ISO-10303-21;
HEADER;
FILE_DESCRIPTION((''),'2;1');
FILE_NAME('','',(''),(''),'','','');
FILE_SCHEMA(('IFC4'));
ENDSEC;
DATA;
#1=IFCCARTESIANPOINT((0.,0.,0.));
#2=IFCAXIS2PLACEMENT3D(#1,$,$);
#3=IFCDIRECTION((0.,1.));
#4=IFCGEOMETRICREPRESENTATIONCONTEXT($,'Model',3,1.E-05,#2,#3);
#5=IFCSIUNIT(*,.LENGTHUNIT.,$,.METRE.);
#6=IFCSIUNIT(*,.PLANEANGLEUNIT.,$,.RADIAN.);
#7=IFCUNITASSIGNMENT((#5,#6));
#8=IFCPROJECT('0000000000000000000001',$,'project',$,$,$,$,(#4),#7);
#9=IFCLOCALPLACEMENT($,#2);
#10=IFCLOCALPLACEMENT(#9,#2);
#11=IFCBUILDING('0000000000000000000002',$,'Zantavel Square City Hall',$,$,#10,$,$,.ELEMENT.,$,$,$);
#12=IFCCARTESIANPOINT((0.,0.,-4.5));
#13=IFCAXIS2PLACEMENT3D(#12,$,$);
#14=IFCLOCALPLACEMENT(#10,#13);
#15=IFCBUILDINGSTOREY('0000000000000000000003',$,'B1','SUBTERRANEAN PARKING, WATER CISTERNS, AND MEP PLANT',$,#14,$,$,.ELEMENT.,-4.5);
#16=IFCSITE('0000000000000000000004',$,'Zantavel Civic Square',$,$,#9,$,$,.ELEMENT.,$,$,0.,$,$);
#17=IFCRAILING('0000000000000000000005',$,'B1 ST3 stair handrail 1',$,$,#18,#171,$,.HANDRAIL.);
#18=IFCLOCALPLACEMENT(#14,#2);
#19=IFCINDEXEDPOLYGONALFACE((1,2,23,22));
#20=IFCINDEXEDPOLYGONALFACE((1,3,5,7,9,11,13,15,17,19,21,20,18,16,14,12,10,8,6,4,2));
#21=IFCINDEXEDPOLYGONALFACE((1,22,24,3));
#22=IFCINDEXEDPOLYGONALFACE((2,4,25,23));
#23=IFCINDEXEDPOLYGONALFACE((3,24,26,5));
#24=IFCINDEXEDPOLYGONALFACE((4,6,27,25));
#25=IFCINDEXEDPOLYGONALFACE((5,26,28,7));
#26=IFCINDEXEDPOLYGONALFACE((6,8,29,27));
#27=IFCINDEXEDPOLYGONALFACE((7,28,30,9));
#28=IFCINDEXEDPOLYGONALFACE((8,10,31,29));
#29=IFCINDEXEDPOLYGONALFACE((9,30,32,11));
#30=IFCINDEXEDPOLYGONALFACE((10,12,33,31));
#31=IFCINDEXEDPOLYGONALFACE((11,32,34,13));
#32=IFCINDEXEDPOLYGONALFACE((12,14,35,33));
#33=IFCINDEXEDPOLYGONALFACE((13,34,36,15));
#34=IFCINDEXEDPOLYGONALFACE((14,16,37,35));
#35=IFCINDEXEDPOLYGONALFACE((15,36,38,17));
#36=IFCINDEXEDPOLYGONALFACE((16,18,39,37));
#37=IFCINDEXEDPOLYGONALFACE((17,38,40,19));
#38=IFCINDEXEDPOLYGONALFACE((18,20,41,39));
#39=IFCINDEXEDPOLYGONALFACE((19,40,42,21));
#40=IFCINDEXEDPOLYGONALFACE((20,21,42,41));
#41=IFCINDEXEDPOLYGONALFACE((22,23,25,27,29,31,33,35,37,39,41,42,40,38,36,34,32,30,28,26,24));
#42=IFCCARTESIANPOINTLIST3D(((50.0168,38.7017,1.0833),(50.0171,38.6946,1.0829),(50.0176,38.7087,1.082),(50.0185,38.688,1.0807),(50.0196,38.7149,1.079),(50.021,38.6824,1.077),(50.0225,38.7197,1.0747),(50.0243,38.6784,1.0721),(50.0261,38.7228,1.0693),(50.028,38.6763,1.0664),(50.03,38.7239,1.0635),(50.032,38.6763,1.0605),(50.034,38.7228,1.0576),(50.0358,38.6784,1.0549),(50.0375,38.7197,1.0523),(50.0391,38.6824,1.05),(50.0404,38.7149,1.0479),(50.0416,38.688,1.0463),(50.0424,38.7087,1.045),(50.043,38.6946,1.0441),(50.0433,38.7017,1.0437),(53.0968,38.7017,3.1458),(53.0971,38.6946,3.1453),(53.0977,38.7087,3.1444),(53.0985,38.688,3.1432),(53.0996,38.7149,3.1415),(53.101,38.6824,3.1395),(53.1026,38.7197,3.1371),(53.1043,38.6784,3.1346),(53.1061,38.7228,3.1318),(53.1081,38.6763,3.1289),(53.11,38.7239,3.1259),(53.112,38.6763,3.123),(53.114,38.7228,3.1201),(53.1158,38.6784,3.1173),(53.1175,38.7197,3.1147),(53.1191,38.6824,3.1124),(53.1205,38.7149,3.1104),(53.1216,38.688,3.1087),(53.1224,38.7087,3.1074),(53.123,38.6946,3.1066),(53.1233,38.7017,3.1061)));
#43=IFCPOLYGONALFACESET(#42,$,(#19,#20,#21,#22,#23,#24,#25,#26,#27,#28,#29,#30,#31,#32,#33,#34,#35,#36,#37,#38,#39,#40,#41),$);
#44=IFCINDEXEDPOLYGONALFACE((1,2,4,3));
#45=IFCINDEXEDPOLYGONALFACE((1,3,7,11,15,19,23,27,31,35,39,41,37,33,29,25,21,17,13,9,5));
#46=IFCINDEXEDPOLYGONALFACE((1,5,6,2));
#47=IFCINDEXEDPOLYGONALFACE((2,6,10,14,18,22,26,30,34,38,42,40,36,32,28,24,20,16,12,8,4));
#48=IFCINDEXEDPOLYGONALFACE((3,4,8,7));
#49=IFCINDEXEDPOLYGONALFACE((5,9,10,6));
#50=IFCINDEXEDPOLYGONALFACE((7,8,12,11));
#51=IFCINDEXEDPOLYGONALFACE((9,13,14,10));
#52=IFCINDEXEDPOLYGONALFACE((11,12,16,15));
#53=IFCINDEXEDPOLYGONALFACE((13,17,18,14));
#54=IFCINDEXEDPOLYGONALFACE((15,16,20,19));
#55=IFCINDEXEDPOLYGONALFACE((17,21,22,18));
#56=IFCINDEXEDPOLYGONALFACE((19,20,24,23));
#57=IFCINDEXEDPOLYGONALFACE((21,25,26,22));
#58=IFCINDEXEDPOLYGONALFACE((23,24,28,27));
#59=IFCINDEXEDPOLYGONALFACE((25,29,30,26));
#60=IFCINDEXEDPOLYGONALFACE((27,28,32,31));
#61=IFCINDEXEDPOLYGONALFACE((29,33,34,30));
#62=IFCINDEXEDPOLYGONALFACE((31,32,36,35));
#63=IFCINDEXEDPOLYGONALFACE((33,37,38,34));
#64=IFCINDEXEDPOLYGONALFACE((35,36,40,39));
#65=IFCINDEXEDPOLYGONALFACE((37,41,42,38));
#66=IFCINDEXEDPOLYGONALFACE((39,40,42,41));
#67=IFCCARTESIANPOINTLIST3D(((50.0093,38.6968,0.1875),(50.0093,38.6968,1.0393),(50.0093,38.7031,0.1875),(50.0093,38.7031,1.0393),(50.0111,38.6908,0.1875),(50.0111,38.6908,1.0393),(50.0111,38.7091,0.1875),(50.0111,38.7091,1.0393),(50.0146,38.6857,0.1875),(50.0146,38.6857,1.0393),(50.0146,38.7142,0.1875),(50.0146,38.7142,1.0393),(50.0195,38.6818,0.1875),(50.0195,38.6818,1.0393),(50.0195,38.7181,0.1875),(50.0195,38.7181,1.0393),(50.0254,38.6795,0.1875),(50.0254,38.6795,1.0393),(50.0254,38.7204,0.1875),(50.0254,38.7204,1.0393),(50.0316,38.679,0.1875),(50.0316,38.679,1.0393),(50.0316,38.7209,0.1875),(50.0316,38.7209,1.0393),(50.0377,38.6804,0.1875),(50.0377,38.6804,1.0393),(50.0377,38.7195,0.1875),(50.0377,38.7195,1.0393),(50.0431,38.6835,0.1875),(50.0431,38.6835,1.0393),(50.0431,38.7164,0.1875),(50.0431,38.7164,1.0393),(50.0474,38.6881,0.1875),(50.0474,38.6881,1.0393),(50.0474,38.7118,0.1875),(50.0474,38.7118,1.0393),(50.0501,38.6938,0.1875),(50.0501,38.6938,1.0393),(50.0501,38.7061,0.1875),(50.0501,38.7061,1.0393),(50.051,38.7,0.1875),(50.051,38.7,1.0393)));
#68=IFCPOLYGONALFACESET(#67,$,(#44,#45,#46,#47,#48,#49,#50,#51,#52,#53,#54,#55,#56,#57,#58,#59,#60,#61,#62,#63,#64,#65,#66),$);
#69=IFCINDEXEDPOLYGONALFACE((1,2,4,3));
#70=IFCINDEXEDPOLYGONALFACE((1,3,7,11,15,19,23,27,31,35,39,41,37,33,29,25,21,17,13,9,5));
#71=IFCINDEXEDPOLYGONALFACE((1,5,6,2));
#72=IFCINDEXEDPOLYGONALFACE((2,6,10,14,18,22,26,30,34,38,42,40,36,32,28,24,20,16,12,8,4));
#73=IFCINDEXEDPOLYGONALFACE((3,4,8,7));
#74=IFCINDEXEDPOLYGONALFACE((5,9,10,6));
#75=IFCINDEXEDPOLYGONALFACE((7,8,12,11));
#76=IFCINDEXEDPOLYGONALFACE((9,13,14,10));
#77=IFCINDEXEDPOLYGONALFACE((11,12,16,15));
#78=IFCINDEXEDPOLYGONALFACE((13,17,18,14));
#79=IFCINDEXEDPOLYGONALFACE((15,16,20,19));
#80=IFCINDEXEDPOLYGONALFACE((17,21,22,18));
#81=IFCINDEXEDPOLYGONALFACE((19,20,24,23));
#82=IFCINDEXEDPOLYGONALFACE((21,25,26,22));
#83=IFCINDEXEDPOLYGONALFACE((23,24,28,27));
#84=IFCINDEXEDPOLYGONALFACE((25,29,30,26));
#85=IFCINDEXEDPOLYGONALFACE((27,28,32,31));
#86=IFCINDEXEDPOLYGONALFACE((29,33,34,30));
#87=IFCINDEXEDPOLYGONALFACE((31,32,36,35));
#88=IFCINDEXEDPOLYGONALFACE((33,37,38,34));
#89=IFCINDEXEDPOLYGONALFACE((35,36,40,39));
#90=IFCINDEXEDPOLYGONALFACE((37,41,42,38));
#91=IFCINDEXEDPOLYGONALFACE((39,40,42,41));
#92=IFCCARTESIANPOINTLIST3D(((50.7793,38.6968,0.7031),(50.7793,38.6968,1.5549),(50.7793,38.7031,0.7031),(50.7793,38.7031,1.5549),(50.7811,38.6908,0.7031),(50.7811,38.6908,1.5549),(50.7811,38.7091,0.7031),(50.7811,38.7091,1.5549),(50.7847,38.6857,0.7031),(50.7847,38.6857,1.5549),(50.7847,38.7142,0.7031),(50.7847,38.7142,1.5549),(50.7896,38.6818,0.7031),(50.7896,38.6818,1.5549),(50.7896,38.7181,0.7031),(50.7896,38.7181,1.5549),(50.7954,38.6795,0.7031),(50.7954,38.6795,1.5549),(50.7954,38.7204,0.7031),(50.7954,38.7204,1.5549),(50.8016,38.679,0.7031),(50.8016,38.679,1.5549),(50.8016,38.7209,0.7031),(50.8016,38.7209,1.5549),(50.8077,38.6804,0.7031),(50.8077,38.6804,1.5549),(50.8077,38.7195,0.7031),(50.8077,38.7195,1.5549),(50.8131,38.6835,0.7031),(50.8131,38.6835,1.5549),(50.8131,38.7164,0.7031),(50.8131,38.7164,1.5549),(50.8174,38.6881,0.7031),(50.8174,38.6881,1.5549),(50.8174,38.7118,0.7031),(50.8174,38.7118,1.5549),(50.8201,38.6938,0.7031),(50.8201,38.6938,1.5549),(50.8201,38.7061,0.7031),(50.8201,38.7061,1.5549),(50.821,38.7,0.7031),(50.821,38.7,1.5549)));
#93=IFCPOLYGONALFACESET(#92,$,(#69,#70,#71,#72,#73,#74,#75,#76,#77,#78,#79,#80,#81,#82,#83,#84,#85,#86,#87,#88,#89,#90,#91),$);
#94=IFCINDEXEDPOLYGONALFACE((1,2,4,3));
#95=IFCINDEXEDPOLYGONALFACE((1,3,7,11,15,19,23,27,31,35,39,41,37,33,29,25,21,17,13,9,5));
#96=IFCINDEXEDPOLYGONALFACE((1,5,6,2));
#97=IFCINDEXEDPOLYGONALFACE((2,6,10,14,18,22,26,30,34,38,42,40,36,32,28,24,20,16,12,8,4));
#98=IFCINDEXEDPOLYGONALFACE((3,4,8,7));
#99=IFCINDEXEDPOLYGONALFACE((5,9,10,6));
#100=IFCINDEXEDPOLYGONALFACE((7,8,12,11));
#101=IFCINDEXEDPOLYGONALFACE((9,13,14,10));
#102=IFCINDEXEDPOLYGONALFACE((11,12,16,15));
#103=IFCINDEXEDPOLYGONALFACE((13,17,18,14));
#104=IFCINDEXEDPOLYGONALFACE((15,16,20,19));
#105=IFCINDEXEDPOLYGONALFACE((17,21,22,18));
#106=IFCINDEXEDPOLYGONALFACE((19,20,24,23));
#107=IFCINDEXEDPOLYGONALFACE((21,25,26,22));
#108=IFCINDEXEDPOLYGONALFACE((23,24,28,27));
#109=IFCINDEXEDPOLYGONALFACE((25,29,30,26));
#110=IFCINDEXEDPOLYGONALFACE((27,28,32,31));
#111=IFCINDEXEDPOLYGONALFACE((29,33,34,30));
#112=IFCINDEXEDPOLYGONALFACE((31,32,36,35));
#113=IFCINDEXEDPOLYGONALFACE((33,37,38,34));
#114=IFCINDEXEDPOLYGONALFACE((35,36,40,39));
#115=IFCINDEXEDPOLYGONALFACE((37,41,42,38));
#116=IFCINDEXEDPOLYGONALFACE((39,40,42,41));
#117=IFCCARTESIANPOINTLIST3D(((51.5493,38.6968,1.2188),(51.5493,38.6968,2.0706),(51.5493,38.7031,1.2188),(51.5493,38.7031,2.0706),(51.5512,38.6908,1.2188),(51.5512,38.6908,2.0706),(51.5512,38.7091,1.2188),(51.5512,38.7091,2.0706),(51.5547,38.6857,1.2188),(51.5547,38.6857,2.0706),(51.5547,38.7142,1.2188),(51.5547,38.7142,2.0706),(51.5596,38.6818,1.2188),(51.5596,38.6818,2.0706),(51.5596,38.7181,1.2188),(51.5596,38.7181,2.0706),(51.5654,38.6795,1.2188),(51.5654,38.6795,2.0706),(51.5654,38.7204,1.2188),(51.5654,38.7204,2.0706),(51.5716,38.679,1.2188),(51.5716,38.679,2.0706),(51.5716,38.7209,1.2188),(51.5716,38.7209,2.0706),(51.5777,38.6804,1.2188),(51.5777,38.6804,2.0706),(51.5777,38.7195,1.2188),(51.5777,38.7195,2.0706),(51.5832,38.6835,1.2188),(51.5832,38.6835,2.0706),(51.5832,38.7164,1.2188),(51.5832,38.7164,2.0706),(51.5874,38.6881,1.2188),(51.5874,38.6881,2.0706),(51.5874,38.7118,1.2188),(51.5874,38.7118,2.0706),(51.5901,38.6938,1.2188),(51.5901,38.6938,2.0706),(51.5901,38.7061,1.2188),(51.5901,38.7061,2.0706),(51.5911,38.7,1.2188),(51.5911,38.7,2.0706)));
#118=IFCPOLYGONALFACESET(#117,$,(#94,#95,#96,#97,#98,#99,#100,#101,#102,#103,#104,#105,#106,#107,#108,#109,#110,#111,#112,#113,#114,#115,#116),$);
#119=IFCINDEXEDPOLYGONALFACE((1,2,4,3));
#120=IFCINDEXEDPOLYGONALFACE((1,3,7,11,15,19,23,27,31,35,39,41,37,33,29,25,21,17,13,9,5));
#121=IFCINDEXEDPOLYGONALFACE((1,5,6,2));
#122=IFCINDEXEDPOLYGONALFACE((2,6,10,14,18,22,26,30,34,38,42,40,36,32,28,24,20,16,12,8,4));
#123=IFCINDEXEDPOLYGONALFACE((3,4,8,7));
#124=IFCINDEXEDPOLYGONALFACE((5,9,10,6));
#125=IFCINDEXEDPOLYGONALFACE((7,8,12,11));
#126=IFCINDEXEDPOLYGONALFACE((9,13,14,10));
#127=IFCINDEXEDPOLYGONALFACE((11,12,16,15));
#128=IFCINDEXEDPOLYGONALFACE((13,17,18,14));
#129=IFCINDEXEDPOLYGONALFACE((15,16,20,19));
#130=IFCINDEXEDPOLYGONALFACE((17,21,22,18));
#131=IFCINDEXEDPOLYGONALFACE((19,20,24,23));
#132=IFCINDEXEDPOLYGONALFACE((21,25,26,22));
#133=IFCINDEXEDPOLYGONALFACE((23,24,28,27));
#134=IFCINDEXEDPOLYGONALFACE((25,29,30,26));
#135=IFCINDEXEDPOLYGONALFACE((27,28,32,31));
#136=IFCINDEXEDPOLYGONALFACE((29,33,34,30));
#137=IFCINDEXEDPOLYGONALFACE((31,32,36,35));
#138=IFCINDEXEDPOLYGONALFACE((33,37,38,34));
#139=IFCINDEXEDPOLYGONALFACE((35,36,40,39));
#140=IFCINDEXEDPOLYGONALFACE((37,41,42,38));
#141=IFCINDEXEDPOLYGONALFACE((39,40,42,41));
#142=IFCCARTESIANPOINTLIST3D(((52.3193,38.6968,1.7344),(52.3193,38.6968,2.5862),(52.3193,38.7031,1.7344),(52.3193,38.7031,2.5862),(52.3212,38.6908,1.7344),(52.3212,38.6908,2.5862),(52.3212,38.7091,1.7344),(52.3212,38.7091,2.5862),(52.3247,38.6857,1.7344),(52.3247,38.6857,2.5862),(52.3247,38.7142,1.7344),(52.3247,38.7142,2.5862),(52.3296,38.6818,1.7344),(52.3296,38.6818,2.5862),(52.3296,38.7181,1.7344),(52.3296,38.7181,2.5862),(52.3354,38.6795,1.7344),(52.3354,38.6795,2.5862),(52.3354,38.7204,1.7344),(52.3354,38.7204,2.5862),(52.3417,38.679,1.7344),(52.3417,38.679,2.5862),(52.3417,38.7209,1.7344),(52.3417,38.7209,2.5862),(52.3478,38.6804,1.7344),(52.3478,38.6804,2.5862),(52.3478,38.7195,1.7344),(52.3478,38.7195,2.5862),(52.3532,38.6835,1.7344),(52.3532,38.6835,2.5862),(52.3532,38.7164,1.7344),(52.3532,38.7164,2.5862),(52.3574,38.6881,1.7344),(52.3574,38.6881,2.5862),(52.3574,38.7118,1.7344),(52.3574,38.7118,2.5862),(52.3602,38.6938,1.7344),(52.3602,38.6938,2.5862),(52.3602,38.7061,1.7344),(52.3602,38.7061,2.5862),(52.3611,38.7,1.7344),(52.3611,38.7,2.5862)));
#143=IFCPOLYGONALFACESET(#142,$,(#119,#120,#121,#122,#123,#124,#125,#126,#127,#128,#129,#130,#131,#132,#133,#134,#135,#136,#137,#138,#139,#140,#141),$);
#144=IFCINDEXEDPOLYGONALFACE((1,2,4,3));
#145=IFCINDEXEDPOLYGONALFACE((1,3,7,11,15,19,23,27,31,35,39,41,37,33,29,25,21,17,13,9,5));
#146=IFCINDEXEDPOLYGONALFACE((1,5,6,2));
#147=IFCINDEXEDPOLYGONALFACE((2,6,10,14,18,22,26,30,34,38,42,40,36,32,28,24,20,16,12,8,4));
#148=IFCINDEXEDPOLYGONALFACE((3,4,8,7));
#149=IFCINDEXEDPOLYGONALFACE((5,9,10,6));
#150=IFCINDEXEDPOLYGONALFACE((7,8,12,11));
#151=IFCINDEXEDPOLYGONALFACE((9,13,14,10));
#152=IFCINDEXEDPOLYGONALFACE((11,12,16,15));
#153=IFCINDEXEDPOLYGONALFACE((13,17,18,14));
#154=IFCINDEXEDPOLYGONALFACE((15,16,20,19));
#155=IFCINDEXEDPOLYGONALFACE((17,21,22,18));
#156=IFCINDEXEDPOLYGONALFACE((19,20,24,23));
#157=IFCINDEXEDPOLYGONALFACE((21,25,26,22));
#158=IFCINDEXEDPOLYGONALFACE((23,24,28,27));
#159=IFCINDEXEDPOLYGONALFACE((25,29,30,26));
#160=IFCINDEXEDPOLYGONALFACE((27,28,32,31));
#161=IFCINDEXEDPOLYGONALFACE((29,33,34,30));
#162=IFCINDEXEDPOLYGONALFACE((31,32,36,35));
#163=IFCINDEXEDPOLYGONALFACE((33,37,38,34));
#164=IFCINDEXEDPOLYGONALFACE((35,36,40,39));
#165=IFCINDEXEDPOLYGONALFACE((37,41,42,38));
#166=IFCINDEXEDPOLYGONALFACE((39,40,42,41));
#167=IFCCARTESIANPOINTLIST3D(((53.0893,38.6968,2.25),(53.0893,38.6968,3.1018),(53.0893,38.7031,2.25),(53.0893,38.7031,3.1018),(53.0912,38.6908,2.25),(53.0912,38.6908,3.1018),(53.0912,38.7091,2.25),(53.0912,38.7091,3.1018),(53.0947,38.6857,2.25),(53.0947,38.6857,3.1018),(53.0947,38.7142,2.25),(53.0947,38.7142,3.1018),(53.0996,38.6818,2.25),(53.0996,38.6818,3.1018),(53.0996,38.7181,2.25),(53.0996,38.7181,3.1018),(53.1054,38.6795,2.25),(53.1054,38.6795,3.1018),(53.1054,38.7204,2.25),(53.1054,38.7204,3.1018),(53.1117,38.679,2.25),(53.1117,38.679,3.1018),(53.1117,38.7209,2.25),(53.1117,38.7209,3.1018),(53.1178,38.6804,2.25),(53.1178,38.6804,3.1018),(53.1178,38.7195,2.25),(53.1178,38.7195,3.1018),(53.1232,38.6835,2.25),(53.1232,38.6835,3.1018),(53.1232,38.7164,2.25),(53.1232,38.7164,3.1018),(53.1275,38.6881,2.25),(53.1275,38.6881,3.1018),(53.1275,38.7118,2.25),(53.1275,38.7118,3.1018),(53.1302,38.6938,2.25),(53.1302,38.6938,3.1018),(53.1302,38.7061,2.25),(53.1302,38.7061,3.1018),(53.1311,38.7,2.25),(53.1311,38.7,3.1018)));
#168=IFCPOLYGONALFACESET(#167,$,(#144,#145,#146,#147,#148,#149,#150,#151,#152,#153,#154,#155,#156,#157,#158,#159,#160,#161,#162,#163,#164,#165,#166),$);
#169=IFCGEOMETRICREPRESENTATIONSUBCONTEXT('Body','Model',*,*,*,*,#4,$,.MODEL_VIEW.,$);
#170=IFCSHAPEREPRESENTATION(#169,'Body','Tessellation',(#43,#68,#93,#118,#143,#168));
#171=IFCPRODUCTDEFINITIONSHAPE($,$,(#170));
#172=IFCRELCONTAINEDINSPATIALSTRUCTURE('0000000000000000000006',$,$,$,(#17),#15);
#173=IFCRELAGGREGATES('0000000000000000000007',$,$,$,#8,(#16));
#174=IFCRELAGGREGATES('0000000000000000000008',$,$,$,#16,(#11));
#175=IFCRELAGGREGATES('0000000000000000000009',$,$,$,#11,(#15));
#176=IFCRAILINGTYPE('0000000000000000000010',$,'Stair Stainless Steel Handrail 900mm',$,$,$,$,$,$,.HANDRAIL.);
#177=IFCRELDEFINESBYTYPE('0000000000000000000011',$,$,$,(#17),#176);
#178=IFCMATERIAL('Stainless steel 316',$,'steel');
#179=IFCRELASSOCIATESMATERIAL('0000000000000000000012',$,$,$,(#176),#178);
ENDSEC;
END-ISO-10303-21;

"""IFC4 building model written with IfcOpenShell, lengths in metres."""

from ifc_helpers import new_model, si_unit, direction, frame, origin, origin_2d, place, context, subcontext, project, spatial, circle, extrude, material, type_object, element, save


model = new_model("IFC4")

# Units and contexts
model_context = context("Model", 3, precision=1e-05, world=origin(), true_north=direction((0.0, 1.0)))
body_context = subcontext(model_context, "Body", "Model", "MODEL_VIEW")
ifc_project = project(units=[si_unit("LENGTHUNIT", "METRE"), si_unit("PLANEANGLEUNIT", "RADIAN")], contexts=[model_context])

# Site, building, storey
site_placement = place(None, origin())
site = spatial("IfcSite", under=ifc_project, at=site_placement, Name="Zantavel Civic Square", CompositionType="ELEMENT", RefElevation=0.0)
building_placement = place(site_placement, origin())
building = spatial("IfcBuilding", under=site, at=building_placement, Name="Zantavel Square City Hall", CompositionType="ELEMENT")
storey_placement = place(building_placement, frame((0.0, 0.0, -4.5)))
storey = spatial("IfcBuildingStorey", under=building, at=storey_placement, Name="B1", Description="SUBTERRANEAN PARKING, WATER CISTERNS, AND MEP PLANT", CompositionType="ELEMENT", Elevation=-4.5)

# Railing
ifc_material_1 = material(Name="Stainless steel 316", Category="steel")
railing_type_1 = type_object("IfcRailingType", Name="Stair Stainless Steel Handrail 900mm", PredefinedType="HANDRAIL", material=ifc_material_1)
railing_1_placement = place(storey_placement, frame((50.03, 38.7, 0.1875)))
element("IfcRailing", 1, at=railing_1_placement, inside=storey, type_object=railing_type_1, Name="B1 ST3 stair handrail 1", PredefinedType="HANDRAIL", context=body_context, shape_type="SweptSolid", body=[
    extrude(circle(Radius=0.0239, at=origin_2d()), frame((0.0, 0.0, 0.876), z_axis=(0.830914, 0.0, 0.556401), x_axis=(0.0, 1.0, 0.0)), (0.0, 0.0, 1.0), 3.7068),
    extrude(circle(Radius=0.021, at=origin_2d()), origin(), (0.0, 0.0, 1.0), 0.8518),
    extrude(circle(Radius=0.021, at=origin_2d()), frame((0.77, 0.0, 0.5156)), (0.0, 0.0, 1.0), 0.8518),
    extrude(circle(Radius=0.021, at=origin_2d()), frame((1.54, 0.0, 1.0312)), (0.0, 0.0, 1.0), 0.8518),
    extrude(circle(Radius=0.021, at=origin_2d()), frame((2.3101, 0.0, 1.5469)), (0.0, 0.0, 1.0), 0.8518),
    extrude(circle(Radius=0.021, at=origin_2d()), frame((3.0801, 0.0, 2.0625)), (0.0, 0.0, 1.0), 0.8518),
])

save(model, "model.ifc")
